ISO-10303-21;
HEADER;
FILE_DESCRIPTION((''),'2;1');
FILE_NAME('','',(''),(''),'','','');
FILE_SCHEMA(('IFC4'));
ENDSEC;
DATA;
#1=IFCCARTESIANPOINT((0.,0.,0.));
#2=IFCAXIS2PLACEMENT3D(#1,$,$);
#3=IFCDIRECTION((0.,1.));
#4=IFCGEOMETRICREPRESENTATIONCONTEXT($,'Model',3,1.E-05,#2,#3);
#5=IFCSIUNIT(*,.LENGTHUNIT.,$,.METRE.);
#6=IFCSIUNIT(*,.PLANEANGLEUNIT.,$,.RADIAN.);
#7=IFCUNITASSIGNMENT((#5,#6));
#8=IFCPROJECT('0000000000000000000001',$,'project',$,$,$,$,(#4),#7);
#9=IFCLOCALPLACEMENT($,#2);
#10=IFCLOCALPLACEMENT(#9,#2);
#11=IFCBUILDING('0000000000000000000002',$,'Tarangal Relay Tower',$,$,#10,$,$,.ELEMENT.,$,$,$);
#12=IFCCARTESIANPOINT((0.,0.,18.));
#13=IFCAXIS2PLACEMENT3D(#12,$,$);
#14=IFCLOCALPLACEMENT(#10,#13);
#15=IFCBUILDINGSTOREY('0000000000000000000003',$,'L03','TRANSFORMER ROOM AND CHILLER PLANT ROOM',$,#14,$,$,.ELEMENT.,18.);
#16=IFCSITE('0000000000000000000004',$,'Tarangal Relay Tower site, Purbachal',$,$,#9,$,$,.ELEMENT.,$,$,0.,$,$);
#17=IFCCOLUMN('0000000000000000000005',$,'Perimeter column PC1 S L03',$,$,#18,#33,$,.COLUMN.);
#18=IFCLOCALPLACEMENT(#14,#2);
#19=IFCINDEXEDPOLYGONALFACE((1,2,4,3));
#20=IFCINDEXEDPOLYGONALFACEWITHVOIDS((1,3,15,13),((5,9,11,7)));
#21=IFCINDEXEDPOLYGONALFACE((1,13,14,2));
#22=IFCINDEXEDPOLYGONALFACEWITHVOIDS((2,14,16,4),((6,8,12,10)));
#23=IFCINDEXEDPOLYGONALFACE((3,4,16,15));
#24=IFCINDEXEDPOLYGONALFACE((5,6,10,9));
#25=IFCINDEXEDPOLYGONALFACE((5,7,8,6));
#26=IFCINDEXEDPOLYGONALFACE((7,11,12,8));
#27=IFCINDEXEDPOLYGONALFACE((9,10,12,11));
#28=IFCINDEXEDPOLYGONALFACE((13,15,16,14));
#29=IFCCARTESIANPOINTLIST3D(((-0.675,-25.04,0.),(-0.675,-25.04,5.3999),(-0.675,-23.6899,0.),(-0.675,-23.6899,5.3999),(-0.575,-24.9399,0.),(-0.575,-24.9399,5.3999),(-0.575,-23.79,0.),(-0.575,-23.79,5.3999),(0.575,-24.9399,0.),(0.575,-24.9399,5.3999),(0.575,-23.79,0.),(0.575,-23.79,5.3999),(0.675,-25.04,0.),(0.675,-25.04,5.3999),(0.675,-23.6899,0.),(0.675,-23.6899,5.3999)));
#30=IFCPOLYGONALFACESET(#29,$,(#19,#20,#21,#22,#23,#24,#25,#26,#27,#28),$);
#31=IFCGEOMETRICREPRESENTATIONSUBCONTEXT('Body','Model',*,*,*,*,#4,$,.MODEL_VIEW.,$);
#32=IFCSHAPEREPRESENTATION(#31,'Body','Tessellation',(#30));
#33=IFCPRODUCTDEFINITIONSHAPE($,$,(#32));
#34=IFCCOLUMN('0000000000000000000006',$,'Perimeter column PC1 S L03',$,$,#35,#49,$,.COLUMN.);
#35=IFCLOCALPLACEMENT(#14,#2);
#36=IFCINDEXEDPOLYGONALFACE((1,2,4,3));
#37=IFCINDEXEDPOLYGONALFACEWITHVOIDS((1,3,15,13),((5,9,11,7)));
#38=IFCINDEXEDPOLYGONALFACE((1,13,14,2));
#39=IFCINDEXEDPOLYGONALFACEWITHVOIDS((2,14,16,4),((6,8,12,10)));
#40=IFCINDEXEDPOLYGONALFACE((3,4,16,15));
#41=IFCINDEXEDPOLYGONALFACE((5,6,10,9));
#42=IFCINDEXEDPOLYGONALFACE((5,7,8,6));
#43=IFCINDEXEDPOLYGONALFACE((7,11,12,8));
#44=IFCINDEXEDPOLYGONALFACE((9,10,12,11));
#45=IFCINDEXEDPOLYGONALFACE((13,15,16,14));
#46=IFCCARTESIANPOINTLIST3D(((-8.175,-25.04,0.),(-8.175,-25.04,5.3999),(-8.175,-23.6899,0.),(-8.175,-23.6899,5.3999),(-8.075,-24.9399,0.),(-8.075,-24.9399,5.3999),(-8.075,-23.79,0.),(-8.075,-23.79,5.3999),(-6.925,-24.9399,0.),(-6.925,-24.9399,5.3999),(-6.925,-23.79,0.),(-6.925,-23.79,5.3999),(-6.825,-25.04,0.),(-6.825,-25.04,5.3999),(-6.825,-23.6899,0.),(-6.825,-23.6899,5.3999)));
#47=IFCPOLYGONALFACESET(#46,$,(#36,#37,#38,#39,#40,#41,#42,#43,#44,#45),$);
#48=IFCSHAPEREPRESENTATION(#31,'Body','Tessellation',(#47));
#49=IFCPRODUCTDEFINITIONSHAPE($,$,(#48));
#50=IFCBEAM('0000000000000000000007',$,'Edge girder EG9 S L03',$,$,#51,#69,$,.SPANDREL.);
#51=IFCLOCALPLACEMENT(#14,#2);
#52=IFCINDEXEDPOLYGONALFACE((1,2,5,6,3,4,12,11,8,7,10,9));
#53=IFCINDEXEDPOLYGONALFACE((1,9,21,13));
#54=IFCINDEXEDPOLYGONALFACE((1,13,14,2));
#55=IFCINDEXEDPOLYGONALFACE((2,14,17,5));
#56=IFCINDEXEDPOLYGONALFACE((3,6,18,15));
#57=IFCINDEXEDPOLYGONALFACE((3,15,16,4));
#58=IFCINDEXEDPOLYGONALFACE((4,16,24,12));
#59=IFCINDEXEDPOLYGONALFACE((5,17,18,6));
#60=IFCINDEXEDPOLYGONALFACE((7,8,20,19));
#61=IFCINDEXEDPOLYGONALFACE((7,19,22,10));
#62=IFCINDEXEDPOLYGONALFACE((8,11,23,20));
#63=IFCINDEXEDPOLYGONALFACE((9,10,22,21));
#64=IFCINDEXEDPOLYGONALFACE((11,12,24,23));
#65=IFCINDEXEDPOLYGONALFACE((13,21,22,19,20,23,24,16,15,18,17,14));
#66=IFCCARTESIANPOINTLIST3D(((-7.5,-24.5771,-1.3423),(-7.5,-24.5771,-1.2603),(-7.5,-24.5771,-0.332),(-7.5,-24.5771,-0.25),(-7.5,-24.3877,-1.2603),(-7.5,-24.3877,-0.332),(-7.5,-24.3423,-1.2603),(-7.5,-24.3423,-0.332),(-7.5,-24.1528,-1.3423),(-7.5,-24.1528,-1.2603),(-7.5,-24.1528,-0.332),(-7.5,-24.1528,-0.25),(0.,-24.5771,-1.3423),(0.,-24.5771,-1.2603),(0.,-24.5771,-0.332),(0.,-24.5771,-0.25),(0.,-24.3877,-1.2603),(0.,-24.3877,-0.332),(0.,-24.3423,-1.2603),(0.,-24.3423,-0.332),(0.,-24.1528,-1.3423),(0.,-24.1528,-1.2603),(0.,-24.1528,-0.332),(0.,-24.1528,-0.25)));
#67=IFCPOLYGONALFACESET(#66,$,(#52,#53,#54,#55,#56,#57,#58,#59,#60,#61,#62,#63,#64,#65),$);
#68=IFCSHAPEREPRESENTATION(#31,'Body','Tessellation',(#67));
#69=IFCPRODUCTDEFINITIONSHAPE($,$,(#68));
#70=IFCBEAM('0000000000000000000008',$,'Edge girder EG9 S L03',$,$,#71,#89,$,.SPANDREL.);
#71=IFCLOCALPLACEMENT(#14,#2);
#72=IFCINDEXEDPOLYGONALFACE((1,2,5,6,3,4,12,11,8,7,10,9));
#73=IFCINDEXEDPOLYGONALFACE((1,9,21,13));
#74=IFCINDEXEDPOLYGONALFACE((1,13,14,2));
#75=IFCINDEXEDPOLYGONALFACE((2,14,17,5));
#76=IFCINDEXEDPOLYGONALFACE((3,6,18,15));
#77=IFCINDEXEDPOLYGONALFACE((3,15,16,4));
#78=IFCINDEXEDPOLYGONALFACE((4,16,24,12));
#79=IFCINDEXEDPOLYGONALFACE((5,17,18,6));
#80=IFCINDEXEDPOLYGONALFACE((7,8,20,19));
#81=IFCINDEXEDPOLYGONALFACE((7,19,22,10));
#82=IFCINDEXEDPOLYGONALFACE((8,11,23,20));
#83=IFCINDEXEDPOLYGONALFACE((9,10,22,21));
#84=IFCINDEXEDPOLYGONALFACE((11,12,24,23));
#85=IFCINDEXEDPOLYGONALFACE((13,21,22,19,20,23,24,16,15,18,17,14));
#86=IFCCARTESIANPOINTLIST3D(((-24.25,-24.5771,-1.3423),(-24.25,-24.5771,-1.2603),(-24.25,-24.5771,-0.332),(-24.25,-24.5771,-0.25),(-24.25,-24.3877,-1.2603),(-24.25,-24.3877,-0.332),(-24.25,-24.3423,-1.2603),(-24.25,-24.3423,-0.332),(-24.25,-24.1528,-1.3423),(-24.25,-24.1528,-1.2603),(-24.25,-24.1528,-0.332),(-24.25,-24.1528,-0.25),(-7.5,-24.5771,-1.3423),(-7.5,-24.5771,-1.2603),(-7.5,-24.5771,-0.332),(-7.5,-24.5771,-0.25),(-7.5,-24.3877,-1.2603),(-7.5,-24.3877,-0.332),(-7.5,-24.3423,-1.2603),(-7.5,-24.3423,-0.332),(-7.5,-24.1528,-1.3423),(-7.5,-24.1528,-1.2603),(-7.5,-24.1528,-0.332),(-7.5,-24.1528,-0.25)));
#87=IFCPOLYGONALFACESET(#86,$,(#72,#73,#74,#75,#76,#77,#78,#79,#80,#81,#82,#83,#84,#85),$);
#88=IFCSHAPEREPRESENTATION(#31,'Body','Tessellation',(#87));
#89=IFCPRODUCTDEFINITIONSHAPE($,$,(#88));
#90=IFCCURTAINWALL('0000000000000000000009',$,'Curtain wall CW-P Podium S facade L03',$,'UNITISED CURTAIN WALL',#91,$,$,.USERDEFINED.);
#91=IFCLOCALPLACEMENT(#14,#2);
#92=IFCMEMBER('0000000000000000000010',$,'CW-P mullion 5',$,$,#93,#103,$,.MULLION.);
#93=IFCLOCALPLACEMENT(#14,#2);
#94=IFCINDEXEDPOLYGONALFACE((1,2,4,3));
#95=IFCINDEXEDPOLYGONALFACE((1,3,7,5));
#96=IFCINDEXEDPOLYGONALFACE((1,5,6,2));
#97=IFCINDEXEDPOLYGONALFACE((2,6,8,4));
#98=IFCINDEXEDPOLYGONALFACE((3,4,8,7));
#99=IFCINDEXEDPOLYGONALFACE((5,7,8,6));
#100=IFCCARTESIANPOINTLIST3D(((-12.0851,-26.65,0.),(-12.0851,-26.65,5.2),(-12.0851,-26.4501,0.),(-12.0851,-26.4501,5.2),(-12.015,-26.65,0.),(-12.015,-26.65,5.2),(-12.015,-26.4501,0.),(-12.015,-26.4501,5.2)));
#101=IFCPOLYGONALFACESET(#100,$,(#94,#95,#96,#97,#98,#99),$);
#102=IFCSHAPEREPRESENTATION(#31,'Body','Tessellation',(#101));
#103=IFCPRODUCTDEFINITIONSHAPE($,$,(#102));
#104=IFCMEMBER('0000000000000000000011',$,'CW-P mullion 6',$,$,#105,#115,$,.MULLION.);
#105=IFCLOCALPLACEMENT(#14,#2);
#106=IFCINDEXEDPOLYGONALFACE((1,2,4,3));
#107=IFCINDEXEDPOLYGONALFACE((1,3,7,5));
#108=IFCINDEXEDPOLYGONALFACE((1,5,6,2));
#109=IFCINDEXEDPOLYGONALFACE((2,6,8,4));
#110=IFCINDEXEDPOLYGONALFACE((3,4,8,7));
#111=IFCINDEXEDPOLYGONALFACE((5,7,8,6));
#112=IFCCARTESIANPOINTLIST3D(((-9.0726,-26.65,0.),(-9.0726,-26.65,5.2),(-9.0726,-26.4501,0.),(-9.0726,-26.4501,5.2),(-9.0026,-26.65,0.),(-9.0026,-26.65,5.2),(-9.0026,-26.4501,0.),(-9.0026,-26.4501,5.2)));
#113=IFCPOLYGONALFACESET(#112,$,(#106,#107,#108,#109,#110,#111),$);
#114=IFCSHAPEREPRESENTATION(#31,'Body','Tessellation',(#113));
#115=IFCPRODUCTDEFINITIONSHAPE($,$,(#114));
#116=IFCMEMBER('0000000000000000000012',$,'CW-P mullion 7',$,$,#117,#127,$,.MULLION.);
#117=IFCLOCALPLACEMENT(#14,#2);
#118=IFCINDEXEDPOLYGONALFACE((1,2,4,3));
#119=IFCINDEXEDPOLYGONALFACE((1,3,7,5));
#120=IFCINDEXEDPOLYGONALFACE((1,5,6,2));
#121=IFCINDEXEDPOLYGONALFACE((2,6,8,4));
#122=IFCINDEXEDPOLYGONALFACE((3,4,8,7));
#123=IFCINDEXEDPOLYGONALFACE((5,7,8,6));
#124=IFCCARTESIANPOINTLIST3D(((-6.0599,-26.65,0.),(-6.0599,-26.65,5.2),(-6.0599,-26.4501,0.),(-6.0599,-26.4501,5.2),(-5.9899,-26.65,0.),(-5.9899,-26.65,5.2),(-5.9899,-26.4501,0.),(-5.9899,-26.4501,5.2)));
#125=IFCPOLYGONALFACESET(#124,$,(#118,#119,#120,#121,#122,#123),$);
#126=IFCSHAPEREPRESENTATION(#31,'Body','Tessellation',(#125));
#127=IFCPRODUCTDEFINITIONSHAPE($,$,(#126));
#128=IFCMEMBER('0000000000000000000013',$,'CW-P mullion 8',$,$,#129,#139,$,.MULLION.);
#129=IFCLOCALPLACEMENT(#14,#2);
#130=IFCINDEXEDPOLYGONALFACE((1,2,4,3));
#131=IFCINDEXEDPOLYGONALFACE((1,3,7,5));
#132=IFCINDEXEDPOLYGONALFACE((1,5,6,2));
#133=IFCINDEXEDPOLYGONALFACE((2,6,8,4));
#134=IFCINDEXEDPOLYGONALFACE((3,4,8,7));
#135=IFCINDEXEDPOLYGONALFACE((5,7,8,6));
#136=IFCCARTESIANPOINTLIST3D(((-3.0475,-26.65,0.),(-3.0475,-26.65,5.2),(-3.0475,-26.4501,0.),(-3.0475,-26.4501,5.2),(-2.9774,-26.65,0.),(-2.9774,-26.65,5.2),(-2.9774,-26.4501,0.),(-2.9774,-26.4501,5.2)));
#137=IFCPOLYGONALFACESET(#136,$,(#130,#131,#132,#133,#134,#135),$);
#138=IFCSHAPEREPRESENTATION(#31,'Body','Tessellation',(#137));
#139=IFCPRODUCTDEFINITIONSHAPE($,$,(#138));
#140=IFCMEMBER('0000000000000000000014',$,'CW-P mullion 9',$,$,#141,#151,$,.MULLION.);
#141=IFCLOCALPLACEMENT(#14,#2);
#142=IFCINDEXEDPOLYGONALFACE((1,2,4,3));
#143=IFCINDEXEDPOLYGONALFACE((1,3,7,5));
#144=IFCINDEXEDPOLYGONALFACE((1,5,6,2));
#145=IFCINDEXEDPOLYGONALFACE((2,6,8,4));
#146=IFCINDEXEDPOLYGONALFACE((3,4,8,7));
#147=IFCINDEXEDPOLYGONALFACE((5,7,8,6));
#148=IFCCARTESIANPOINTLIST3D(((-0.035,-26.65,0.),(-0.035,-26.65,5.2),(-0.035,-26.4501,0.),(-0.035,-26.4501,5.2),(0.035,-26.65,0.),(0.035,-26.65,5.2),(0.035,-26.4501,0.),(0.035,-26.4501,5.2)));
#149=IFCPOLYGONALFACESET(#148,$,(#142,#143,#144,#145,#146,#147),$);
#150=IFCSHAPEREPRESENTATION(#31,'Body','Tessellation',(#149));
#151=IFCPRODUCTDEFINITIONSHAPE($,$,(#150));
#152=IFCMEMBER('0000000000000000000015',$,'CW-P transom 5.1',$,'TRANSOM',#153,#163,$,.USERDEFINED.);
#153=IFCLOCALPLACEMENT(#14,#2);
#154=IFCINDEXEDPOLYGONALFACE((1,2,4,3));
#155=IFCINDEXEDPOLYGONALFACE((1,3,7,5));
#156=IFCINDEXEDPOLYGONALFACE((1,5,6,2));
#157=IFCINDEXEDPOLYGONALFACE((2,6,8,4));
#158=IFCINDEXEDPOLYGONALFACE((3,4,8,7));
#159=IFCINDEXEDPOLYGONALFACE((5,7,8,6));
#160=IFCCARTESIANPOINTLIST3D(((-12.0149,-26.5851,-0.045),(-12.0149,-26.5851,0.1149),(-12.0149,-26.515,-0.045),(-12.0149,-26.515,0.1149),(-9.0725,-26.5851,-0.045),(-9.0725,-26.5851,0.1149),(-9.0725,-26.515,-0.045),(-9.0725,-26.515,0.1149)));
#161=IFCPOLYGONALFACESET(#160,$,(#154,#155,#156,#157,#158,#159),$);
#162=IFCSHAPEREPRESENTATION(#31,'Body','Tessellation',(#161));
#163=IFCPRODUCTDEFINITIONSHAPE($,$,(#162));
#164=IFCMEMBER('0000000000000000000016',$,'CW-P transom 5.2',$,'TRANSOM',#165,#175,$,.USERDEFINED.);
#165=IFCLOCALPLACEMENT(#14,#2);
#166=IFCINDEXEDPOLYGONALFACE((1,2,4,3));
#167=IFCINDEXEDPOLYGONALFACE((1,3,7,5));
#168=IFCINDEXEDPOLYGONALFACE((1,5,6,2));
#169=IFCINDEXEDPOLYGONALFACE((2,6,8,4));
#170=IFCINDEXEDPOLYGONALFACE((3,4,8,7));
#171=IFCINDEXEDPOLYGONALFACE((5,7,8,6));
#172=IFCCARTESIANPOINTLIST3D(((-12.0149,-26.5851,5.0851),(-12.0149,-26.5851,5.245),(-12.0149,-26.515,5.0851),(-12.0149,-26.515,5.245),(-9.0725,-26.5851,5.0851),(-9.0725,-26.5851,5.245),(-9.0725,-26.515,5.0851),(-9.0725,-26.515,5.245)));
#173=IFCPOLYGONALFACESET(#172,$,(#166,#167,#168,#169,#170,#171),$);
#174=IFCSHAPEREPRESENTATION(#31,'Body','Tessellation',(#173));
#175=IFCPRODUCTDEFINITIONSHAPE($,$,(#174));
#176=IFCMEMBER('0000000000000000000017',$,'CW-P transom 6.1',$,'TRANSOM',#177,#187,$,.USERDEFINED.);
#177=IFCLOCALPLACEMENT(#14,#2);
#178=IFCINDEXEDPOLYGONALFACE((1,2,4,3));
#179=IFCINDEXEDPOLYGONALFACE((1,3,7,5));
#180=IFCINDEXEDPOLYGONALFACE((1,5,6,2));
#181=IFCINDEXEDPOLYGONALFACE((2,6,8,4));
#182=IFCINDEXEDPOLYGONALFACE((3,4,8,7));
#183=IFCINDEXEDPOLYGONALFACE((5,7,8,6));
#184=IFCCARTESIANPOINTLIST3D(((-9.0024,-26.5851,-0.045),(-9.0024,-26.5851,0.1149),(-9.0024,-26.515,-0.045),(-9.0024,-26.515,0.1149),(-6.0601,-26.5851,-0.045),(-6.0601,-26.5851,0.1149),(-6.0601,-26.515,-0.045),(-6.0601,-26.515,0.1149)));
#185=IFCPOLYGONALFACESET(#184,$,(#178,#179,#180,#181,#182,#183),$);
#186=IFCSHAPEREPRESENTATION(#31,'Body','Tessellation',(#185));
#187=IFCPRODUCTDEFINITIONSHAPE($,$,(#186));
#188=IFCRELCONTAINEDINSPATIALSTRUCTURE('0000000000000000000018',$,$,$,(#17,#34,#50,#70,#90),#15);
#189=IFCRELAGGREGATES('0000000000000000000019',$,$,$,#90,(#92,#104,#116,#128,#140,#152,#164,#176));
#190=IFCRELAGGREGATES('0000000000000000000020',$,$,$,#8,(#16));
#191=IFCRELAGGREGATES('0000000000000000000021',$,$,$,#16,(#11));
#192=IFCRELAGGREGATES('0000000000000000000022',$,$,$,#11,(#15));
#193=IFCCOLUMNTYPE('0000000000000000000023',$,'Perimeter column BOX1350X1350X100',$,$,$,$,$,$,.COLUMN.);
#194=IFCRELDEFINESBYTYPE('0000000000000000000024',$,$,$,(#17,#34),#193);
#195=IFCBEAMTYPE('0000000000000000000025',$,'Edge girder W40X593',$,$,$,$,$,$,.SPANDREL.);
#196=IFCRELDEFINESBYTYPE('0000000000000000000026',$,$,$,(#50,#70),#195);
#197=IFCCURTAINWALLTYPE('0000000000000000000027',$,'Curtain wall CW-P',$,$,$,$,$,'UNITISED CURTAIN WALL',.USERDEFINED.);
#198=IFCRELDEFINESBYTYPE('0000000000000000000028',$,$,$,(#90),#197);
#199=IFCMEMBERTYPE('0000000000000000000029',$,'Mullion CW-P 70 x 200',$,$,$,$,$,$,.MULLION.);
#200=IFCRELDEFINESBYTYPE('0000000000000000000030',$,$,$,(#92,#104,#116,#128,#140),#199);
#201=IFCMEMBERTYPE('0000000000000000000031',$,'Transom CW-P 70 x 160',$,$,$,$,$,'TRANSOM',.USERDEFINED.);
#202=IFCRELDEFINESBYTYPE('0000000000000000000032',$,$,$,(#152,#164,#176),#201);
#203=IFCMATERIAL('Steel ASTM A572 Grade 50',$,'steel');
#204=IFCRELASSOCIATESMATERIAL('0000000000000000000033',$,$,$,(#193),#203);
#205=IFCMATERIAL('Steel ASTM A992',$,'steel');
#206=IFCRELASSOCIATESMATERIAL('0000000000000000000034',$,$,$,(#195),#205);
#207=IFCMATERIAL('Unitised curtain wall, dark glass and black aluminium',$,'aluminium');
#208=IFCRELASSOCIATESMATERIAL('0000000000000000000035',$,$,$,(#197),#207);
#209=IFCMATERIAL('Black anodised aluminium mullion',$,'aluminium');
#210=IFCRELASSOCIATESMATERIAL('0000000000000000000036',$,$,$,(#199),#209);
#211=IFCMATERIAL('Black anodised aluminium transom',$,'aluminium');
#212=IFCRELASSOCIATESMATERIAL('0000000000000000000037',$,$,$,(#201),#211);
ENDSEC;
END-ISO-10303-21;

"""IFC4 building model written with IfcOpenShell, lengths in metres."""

from ifc_helpers import new_model, si_unit, direction, frame, origin, origin_2d, place, context, subcontext, project, spatial, rectangle, hollow_rectangle, i_section, extrude, material, material_profile, profile_set, type_object, element, aggregate, save


model = new_model("IFC4")

# Units and contexts
model_context = context("Model", 3, precision=1e-05, world=origin(), true_north=direction((0.0, 1.0)))
body_context = subcontext(model_context, "Body", "Model", "MODEL_VIEW")
ifc_project = project(units=[si_unit("LENGTHUNIT", "METRE"), si_unit("PLANEANGLEUNIT", "RADIAN")], contexts=[model_context])

# Site, building, storey
site_placement = place(None, origin())
site = spatial("IfcSite", under=ifc_project, at=site_placement, Name="Tarangal Relay Tower site, Purbachal", CompositionType="ELEMENT", RefElevation=0.0)
building_placement = place(site_placement, origin())
building = spatial("IfcBuilding", under=site, at=building_placement, Name="Tarangal Relay Tower", CompositionType="ELEMENT")
storey_placement = place(building_placement, frame((0.0, 0.0, 18.0)))
storey = spatial("IfcBuildingStorey", under=building, at=storey_placement, Name="L03", Description="TRANSFORMER ROOM AND CHILLER PLANT ROOM", CompositionType="ELEMENT", Elevation=18.0)

# Columns
ifc_material_1 = material(Name="Steel ASTM A572 Grade 50", Category="steel")
ifc_material_profile_1 = material_profile(ifc_material_1, hollow_rectangle(XDim=1.3501, YDim=1.3501, WallThickness=0.1001, at=origin_2d()), Name="BOX1350X1350X100")
ifc_profile_set_1 = profile_set([ifc_material_profile_1], Name="Steel ASTM A572 Grade 50")
column_type = type_object("IfcColumnType", Name="Perimeter column BOX1350X1350X100", PredefinedType="COLUMN", material=ifc_profile_set_1)
for number, where, z_axis, x_axis, name in (
    (1, (0.0, -24.365, 0.0), (0.0, 0.0, 1.0), (1.0, 0.0, 0.0), "Perimeter column PC1 S L03"),
    (2, (-7.5, -24.365, 0.0), (0.0, 0.0, 1.0), (1.0, 0.0, 0.0), "Perimeter column PC1 S L03"),
):
    element("IfcColumn", number, at=place(storey_placement, frame(where, z_axis=z_axis, x_axis=x_axis)), inside=storey, type_object=column_type, Name=name, PredefinedType="COLUMN", context=body_context, shape_type="SweptSolid", body=[
        extrude(hollow_rectangle(XDim=1.3501, YDim=1.3501, WallThickness=0.1001, at=origin_2d()), origin(), (0.0, 0.0, 1.0), 5.3999),
    ])

# Beams
ifc_material_2 = material(Name="Steel ASTM A992", Category="steel")
ifc_material_profile_2 = material_profile(ifc_material_2, i_section(OverallWidth=0.4243, OverallDepth=1.0923, WebThickness=0.0454, FlangeThickness=0.082, at=origin_2d()), Name="W40X593")
ifc_profile_set_2 = profile_set([ifc_material_profile_2], Name="Steel ASTM A992")
beam_type = type_object("IfcBeamType", Name="Edge girder W40X593", PredefinedType="SPANDREL", material=ifc_profile_set_2)
beam_1_placement = place(storey_placement, frame((0.0, -24.365, -0.7961), z_axis=(-1.0, 0.0, 0.0), x_axis=(0.0, -1.0, 0.0)))
element("IfcBeam", 3, at=beam_1_placement, inside=storey, type_object=beam_type, Name="Edge girder EG9 S L03", PredefinedType="SPANDREL", context=body_context, shape_type="SweptSolid", body=[
    extrude(i_section(OverallWidth=0.4243, OverallDepth=1.0923, WebThickness=0.0454, FlangeThickness=0.082, at=origin_2d()), origin(), (0.0, 0.0, 1.0), 7.5),
])
beam_2_placement = place(storey_placement, frame((-7.5, -24.365, -0.7961), z_axis=(-1.0, 0.0, 0.0), x_axis=(0.0, -1.0, 0.0)))
element("IfcBeam", 4, at=beam_2_placement, inside=storey, type_object=beam_type, Name="Edge girder EG9 S L03", PredefinedType="SPANDREL", context=body_context, shape_type="SweptSolid", body=[
    extrude(i_section(OverallWidth=0.4243, OverallDepth=1.0923, WebThickness=0.0454, FlangeThickness=0.082, at=origin_2d()), origin(), (0.0, 0.0, 1.0), 16.75),
])

# Curtain wall, members
ifc_material_3 = material(Name="Unitised curtain wall, dark glass and black aluminium", Category="aluminium")
curtain_wall_type = type_object("IfcCurtainWallType", Name="Curtain wall CW-P", ElementType="UNITISED CURTAIN WALL", PredefinedType="USERDEFINED", material=ifc_material_3)
curtain_wall_placement = place(storey_placement, origin())
curtain_wall = element("IfcCurtainWall", 5, at=curtain_wall_placement, inside=storey, type_object=curtain_wall_type, Name="Curtain wall CW-P Podium S facade L03", ObjectType="UNITISED CURTAIN WALL", PredefinedType="USERDEFINED")
ifc_material_4 = material(Name="Black anodised aluminium mullion", Category="aluminium")
ifc_material_profile_3 = material_profile(ifc_material_4, rectangle(XDim=0.2, YDim=0.0701, at=origin_2d()), Name="CW-PM 70X200")
ifc_profile_set_3 = profile_set([ifc_material_profile_3], Name="Black anodised aluminium mullion")
member_type_1 = type_object("IfcMemberType", Name="Mullion CW-P 70 x 200", PredefinedType="MULLION", material=ifc_profile_set_3)
member_1_placement = place(storey_placement, frame((-12.05, -26.55, 0.0), z_axis=(0.0, 0.0, 1.0), x_axis=(0.0, 1.0, 0.0)))
member_1 = element("IfcMember", 6, at=member_1_placement, type_object=member_type_1, Name="CW-P mullion 5", PredefinedType="MULLION", context=body_context, shape_type="SweptSolid", body=[
    extrude(rectangle(XDim=0.2, YDim=0.0701, at=origin_2d()), origin(), (0.0, 0.0, 1.0), 5.2),
])
member_2_placement = place(storey_placement, frame((-9.0376, -26.55, 0.0), z_axis=(0.0, 0.0, 1.0), x_axis=(0.0, 1.0, 0.0)))
member_2 = element("IfcMember", 7, at=member_2_placement, type_object=member_type_1, Name="CW-P mullion 6", PredefinedType="MULLION", context=body_context, shape_type="SweptSolid", body=[
    extrude(rectangle(XDim=0.2, YDim=0.0701, at=origin_2d()), origin(), (0.0, 0.0, 1.0), 5.2),
])
member_3_placement = place(storey_placement, frame((-6.0249, -26.55, 0.0), z_axis=(0.0, 0.0, 1.0), x_axis=(0.0, 1.0, 0.0)))
member_3 = element("IfcMember", 8, at=member_3_placement, type_object=member_type_1, Name="CW-P mullion 7", PredefinedType="MULLION", context=body_context, shape_type="SweptSolid", body=[
    extrude(rectangle(XDim=0.2, YDim=0.0701, at=origin_2d()), origin(), (0.0, 0.0, 1.0), 5.2),
])
member_4_placement = place(storey_placement, frame((-3.0125, -26.55, 0.0), z_axis=(0.0, 0.0, 1.0), x_axis=(0.0, 1.0, 0.0)))
member_4 = element("IfcMember", 9, at=member_4_placement, type_object=member_type_1, Name="CW-P mullion 8", PredefinedType="MULLION", context=body_context, shape_type="SweptSolid", body=[
    extrude(rectangle(XDim=0.2, YDim=0.0701, at=origin_2d()), origin(), (0.0, 0.0, 1.0), 5.2),
])
member_5_placement = place(storey_placement, frame((0.0, -26.55, 0.0), z_axis=(0.0, 0.0, 1.0), x_axis=(0.0, 1.0, 0.0)))
member_5 = element("IfcMember", 10, at=member_5_placement, type_object=member_type_1, Name="CW-P mullion 9", PredefinedType="MULLION", context=body_context, shape_type="SweptSolid", body=[
    extrude(rectangle(XDim=0.2, YDim=0.0701, at=origin_2d()), origin(), (0.0, 0.0, 1.0), 5.2),
])
ifc_material_5 = material(Name="Black anodised aluminium transom", Category="aluminium")
ifc_material_profile_4 = material_profile(ifc_material_5, rectangle(XDim=0.0701, YDim=0.1599, at=origin_2d()), Name="CW-PT 70X160")
ifc_profile_set_4 = profile_set([ifc_material_profile_4], Name="Black anodised aluminium transom")
member_type_2 = type_object("IfcMemberType", Name="Transom CW-P 70 x 160", ElementType="TRANSOM", PredefinedType="USERDEFINED", material=ifc_profile_set_4)
member_6_placement = place(storey_placement, frame((-12.0149, -26.55, 0.0349), z_axis=(1.0, 0.0, 0.0), x_axis=(0.0, 1.0, 0.0)))
member_6 = element("IfcMember", 11, at=member_6_placement, type_object=member_type_2, Name="CW-P transom 5.1", ObjectType="TRANSOM", PredefinedType="USERDEFINED", context=body_context, shape_type="SweptSolid", body=[
    extrude(rectangle(XDim=0.0701, YDim=0.1599, at=origin_2d()), origin(), (0.0, 0.0, 1.0), 2.9424),
])
member_7_placement = place(storey_placement, frame((-12.0149, -26.55, 5.165), z_axis=(1.0, 0.0, 0.0), x_axis=(0.0, 1.0, 0.0)))
member_7 = element("IfcMember", 12, at=member_7_placement, type_object=member_type_2, Name="CW-P transom 5.2", ObjectType="TRANSOM", PredefinedType="USERDEFINED", context=body_context, shape_type="SweptSolid", body=[
    extrude(rectangle(XDim=0.0701, YDim=0.1599, at=origin_2d()), origin(), (0.0, 0.0, 1.0), 2.9424),
])
member_8_placement = place(storey_placement, frame((-9.0024, -26.55, 0.0349), z_axis=(1.0, 0.0, 0.0), x_axis=(0.0, 1.0, 0.0)))
member_8 = element("IfcMember", 13, at=member_8_placement, type_object=member_type_2, Name="CW-P transom 6.1", ObjectType="TRANSOM", PredefinedType="USERDEFINED", context=body_context, shape_type="SweptSolid", body=[
    extrude(rectangle(XDim=0.0701, YDim=0.1599, at=origin_2d()), origin(), (0.0, 0.0, 1.0), 2.9424),
])
aggregate(curtain_wall, [member_1, member_2, member_3, member_4, member_5, member_6, member_7, member_8])

save(model, "model.ifc")
